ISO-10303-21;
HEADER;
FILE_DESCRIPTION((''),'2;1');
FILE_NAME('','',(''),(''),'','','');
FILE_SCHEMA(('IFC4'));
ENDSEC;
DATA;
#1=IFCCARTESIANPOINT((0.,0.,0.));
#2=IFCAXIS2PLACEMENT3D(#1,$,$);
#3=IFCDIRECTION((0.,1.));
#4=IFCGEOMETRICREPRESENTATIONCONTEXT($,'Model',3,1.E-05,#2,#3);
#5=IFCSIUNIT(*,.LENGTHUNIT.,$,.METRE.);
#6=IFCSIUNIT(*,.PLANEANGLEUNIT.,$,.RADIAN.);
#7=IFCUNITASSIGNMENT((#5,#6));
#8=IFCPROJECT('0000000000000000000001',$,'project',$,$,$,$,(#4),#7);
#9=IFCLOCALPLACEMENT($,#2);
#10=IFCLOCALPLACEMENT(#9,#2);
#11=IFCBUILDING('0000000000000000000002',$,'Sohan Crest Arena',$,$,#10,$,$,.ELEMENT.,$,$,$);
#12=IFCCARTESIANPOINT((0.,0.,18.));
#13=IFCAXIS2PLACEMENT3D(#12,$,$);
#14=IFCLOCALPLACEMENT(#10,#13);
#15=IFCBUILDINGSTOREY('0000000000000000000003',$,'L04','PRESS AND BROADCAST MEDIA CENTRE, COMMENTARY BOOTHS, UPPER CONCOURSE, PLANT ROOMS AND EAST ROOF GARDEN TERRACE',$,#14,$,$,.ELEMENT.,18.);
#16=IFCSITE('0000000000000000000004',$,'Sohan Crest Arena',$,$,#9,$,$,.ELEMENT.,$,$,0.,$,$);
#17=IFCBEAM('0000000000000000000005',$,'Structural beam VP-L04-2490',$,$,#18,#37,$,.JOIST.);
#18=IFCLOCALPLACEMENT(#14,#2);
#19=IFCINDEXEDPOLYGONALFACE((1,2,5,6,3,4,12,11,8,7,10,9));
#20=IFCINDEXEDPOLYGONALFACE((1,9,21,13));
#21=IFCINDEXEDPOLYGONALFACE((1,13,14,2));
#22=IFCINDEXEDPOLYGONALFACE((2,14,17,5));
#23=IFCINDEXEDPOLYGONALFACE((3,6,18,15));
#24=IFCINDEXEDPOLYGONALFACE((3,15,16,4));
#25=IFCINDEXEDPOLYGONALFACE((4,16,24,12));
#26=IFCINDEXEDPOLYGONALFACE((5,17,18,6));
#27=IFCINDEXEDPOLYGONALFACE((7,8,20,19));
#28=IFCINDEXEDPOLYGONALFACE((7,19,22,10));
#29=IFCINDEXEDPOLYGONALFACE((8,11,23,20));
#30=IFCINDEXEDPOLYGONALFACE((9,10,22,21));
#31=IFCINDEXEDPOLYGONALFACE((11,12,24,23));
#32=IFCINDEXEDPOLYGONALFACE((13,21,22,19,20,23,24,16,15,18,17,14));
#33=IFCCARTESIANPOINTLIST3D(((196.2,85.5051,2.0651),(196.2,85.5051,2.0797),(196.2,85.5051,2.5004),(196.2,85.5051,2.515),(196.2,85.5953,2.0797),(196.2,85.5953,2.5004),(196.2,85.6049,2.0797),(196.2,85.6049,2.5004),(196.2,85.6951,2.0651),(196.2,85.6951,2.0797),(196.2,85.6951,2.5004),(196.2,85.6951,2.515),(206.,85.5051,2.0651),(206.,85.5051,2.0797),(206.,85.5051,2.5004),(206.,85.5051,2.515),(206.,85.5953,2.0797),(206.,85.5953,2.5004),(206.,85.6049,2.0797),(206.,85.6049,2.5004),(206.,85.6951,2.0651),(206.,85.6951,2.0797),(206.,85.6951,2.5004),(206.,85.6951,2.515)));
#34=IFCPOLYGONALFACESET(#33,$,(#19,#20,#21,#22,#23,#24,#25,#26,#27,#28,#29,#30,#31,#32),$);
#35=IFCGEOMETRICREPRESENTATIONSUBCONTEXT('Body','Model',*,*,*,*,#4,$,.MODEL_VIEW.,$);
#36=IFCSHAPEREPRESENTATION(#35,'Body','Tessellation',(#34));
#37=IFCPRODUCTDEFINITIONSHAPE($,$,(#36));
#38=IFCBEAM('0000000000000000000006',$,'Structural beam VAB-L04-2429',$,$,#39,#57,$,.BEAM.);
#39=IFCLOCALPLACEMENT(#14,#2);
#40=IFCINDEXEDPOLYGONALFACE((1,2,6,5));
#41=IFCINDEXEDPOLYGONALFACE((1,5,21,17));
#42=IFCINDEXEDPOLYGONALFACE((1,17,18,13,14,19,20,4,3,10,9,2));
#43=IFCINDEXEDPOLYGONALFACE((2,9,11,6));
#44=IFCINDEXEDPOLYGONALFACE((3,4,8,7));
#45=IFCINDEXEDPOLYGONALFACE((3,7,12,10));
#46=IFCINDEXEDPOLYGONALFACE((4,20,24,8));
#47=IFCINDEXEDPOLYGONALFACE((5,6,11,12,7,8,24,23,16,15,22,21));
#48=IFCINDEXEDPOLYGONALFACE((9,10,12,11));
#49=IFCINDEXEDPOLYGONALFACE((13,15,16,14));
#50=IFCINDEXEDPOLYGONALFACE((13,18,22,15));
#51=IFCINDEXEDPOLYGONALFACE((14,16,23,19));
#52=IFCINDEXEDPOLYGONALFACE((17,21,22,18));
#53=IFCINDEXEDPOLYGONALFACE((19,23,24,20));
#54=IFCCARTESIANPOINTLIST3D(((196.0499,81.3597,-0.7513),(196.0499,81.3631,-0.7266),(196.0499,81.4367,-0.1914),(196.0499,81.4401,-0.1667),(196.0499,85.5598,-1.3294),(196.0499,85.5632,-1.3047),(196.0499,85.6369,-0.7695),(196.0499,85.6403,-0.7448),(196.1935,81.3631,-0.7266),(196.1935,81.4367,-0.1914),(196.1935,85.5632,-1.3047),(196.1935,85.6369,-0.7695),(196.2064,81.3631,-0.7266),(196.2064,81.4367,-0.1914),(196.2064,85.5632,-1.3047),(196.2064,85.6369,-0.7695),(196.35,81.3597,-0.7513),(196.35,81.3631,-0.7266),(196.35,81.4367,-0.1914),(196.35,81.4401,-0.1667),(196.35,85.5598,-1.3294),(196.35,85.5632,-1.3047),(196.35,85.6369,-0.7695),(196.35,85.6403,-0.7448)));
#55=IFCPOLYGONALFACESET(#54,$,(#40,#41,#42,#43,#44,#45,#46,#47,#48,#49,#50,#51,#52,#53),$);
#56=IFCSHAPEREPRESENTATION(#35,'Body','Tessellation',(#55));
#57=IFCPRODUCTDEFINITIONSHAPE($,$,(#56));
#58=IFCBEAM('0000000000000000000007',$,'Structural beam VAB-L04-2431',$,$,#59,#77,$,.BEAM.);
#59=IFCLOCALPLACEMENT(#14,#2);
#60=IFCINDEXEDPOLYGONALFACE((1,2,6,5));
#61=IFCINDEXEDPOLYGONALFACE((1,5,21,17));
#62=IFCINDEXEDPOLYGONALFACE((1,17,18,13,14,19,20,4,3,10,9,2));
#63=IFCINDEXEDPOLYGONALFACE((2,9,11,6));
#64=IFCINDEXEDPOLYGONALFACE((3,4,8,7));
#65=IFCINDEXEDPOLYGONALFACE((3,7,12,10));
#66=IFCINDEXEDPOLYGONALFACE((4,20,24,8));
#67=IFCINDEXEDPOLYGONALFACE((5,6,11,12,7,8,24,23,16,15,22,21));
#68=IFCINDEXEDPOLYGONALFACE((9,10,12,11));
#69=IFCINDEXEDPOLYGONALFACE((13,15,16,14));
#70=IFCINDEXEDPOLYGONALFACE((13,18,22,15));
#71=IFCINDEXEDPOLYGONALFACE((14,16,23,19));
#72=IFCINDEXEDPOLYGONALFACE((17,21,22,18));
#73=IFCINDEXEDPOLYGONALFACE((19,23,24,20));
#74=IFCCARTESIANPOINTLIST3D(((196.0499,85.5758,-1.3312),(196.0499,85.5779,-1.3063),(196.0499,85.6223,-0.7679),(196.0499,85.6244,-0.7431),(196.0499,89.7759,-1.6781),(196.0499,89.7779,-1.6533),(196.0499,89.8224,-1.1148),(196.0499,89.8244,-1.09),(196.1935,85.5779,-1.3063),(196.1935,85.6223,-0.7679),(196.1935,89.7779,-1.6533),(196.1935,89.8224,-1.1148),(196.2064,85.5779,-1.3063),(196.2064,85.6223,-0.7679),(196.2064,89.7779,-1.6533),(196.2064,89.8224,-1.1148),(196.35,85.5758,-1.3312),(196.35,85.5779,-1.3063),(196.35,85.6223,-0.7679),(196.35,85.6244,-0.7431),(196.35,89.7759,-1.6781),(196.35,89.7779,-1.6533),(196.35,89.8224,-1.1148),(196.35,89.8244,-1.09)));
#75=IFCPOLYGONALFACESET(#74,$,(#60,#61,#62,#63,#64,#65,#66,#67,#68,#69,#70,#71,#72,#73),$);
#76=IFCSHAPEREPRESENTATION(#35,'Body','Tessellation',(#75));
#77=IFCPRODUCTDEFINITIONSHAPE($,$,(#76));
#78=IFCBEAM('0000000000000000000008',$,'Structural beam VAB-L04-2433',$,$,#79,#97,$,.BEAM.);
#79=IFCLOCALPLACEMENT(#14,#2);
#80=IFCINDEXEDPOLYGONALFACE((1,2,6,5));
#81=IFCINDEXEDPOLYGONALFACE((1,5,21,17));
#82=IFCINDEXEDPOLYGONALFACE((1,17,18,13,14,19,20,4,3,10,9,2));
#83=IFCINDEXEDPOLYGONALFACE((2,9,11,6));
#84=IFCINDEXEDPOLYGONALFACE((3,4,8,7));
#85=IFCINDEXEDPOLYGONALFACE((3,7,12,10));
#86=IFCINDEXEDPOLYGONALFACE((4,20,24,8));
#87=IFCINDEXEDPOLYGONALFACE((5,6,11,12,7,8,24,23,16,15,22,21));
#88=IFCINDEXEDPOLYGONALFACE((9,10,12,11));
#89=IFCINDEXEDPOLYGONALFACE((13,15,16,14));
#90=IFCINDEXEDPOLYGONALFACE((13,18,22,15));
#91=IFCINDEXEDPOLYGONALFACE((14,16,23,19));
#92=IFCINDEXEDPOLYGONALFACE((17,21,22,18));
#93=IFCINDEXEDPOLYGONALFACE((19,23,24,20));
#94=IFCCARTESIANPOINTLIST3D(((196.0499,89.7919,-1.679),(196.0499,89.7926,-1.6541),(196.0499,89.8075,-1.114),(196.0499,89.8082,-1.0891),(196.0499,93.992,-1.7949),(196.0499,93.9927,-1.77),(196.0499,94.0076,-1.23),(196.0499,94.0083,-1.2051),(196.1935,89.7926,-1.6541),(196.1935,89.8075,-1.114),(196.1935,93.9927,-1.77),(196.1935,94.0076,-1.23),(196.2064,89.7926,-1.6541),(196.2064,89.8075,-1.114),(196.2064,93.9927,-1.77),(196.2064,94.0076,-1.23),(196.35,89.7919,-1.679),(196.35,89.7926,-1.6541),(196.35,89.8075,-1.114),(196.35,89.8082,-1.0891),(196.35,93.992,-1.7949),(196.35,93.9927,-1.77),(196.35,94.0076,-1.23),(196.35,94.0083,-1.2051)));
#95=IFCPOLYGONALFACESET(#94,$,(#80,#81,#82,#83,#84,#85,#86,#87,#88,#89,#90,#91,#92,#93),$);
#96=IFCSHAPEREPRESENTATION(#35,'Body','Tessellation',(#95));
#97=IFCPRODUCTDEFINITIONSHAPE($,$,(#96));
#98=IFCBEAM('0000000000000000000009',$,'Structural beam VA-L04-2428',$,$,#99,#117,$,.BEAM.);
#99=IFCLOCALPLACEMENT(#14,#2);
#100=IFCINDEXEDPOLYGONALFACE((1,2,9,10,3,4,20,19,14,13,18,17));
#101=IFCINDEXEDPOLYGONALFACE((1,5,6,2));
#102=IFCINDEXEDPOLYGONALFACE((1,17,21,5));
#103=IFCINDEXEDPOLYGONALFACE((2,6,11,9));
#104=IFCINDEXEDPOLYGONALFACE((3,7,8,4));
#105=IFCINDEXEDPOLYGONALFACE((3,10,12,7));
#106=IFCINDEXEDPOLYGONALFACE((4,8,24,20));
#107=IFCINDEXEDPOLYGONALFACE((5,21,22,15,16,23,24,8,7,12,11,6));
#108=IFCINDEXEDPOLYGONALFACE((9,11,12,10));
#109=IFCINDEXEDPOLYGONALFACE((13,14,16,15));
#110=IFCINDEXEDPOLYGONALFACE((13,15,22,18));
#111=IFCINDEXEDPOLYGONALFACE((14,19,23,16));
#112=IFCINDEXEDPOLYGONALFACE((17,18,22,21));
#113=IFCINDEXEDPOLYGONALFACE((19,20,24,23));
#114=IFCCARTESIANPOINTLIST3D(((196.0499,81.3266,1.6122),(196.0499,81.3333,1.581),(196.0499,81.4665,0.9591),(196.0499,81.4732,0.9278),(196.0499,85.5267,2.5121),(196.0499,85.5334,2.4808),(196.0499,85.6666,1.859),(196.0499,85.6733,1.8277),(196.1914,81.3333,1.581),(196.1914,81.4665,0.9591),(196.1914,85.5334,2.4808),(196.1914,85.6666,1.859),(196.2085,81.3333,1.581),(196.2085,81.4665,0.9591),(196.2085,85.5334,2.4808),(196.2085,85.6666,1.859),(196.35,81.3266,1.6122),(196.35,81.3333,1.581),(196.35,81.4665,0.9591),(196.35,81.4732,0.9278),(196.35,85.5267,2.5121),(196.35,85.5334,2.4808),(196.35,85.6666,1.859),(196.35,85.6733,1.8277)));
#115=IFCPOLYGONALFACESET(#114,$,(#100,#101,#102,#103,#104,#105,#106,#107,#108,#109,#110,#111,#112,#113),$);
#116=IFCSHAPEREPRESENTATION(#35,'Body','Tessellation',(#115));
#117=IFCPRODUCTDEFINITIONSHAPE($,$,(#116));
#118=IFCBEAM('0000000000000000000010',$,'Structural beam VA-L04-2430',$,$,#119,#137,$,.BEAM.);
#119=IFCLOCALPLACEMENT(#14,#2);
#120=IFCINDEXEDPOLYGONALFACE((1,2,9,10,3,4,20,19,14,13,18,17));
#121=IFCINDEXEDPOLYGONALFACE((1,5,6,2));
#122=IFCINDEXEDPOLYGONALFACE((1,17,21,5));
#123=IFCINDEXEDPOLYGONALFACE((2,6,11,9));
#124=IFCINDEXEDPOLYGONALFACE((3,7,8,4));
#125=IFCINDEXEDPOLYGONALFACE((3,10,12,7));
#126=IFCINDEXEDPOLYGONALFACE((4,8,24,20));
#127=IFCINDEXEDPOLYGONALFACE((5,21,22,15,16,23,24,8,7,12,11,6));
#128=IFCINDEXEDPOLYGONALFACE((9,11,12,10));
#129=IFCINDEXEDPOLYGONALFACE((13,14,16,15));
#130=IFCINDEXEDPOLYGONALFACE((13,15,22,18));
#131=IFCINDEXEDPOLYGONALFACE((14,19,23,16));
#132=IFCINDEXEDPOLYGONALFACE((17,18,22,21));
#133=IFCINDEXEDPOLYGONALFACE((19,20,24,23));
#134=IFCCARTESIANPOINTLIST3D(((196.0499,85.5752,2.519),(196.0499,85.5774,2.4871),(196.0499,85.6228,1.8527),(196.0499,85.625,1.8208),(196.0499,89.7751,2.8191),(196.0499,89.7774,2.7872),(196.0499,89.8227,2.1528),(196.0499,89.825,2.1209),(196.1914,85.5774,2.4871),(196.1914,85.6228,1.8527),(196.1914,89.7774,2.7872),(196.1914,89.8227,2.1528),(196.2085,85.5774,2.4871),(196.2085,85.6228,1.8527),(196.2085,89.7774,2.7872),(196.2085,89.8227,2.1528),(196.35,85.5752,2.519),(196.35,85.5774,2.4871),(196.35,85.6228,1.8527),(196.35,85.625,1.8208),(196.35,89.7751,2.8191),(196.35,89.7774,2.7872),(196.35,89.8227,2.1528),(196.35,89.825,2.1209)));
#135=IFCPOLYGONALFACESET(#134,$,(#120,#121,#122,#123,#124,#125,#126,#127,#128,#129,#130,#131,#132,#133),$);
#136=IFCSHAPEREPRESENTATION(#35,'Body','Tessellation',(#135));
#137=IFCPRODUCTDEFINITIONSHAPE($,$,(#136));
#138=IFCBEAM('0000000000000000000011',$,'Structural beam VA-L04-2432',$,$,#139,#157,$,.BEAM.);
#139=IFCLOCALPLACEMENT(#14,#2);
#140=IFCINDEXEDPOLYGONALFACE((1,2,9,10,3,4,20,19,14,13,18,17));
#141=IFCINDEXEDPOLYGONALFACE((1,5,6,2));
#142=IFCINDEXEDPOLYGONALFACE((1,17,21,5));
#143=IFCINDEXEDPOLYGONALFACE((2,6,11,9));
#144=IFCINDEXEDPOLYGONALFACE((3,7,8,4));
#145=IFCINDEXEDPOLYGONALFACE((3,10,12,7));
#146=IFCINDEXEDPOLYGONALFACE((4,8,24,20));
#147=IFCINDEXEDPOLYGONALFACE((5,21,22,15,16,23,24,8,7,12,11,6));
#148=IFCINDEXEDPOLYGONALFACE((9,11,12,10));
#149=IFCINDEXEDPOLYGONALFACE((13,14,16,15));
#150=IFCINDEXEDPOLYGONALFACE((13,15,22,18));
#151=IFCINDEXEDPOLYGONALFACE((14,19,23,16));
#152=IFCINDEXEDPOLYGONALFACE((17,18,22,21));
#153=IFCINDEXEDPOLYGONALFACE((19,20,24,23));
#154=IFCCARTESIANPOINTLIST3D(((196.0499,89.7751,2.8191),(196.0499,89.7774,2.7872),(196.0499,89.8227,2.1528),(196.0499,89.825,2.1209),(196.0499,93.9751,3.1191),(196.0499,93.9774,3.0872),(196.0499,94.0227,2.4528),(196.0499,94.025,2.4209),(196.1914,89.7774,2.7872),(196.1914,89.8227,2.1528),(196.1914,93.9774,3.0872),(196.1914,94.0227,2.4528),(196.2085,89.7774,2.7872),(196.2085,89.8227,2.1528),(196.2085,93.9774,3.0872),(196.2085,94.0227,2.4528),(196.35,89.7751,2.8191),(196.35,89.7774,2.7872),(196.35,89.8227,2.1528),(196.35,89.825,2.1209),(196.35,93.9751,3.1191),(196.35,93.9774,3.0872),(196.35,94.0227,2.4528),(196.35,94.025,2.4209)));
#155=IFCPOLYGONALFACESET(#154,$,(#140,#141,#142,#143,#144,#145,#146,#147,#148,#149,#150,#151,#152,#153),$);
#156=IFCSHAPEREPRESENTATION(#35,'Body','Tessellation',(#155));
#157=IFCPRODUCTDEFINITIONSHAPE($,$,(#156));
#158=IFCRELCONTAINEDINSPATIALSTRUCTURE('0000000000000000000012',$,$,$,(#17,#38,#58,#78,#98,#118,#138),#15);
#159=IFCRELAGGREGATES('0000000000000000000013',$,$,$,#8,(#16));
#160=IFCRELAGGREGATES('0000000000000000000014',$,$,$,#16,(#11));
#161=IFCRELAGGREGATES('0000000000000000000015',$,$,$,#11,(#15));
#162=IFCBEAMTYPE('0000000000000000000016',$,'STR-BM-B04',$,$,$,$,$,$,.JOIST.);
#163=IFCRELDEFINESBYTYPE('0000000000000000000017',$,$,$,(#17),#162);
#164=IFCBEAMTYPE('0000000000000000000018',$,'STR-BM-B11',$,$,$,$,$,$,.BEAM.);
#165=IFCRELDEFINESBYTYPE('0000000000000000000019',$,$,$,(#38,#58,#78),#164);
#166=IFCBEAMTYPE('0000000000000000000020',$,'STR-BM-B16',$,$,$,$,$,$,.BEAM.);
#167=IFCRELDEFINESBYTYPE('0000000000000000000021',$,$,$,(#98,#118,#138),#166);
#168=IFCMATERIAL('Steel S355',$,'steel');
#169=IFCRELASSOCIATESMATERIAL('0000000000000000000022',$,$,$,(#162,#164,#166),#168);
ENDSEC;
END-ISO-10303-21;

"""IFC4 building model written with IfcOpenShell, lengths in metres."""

from ifc_helpers import new_model, si_unit, direction, frame, origin, origin_2d, place, context, subcontext, project, spatial, i_section, extrude, material, material_profile, profile_set, type_object, element, save


model = new_model("IFC4")

# Units and contexts
model_context = context("Model", 3, precision=1e-05, world=origin(), true_north=direction((0.0, 1.0)))
body_context = subcontext(model_context, "Body", "Model", "MODEL_VIEW")
ifc_project = project(units=[si_unit("LENGTHUNIT", "METRE"), si_unit("PLANEANGLEUNIT", "RADIAN")], contexts=[model_context])

# Site, building, storey
site_placement = place(None, origin())
site = spatial("IfcSite", under=ifc_project, at=site_placement, Name="Sohan Crest Arena", CompositionType="ELEMENT", RefElevation=0.0)
building_placement = place(site_placement, origin())
building = spatial("IfcBuilding", under=site, at=building_placement, Name="Sohan Crest Arena", CompositionType="ELEMENT")
storey_placement = place(building_placement, frame((0.0, 0.0, 18.0)))
storey = spatial("IfcBuildingStorey", under=building, at=storey_placement, Name="L04", Description="PRESS AND BROADCAST MEDIA CENTRE, COMMENTARY BOOTHS, UPPER CONCOURSE, PLANT ROOMS AND EAST ROOF GARDEN TERRACE", CompositionType="ELEMENT", Elevation=18.0)

# Beams
ifc_material_1 = material(Name="Steel S355", Category="steel")
ifc_material_profile_1 = material_profile(ifc_material_1, i_section(OverallWidth=0.1899, OverallDepth=0.45, WebThickness=0.0095, FlangeThickness=0.0146, at=origin_2d()), Name="IPE 450")
ifc_profile_set_1 = profile_set([ifc_material_profile_1], Name="Steel S355")
beam_type_1 = type_object("IfcBeamType", Name="STR-BM-B04", PredefinedType="JOIST", material=ifc_profile_set_1)
beam_1_placement = place(storey_placement, frame((196.2, 85.6001, 2.29), z_axis=(1.0, 0.0, 0.0), x_axis=(0.0, 1.0, 0.0)))
element("IfcBeam", 1, at=beam_1_placement, inside=storey, type_object=beam_type_1, Name="Structural beam VP-L04-2490", PredefinedType="JOIST", context=body_context, shape_type="SweptSolid", body=[
    extrude(i_section(OverallWidth=0.1899, OverallDepth=0.45, WebThickness=0.0095, FlangeThickness=0.0146, at=origin_2d()), origin(), (0.0, 0.0, 1.0), 9.8),
])
ifc_material_profile_2 = material_profile(ifc_material_1, i_section(OverallWidth=0.3, OverallDepth=0.5901, WebThickness=0.0129, FlangeThickness=0.0249, at=origin_2d()), Name="HEA 600")
ifc_profile_set_2 = profile_set([ifc_material_profile_2], Name="Steel S355")
beam_type_2 = type_object("IfcBeamType", Name="STR-BM-B11", PredefinedType="BEAM", material=ifc_profile_set_2)
beam_2_placement = place(storey_placement, frame((196.2, 81.3999, -0.459), z_axis=(0.0, 0.99066, -0.136357), x_axis=(-1.0, 0.0, 0.0)))
element("IfcBeam", 2, at=beam_2_placement, inside=storey, type_object=beam_type_2, Name="Structural beam VAB-L04-2429", PredefinedType="BEAM", context=body_context, shape_type="SweptSolid", body=[
    extrude(i_section(OverallWidth=0.3, OverallDepth=0.5901, WebThickness=0.0129, FlangeThickness=0.0249, at=origin_2d()), origin(), (0.0, 0.0, 1.0), 4.2397),
])
beam_3_placement = place(storey_placement, frame((196.2, 85.6001, -1.0371), z_axis=(0.0, 0.996606, -0.082322), x_axis=(-1.0, 0.0, 0.0)))
element("IfcBeam", 3, at=beam_3_placement, inside=storey, type_object=beam_type_2, Name="Structural beam VAB-L04-2431", PredefinedType="BEAM", context=body_context, shape_type="SweptSolid", body=[
    extrude(i_section(OverallWidth=0.3, OverallDepth=0.5901, WebThickness=0.0129, FlangeThickness=0.0249, at=origin_2d()), origin(), (0.0, 0.0, 1.0), 4.2144),
])
beam_4_placement = place(storey_placement, frame((196.2, 89.8, -1.384), z_axis=(0.0, 0.999619, -0.027601), x_axis=(-1.0, 0.0, 0.0)))
element("IfcBeam", 4, at=beam_4_placement, inside=storey, type_object=beam_type_2, Name="Structural beam VAB-L04-2433", PredefinedType="BEAM", context=body_context, shape_type="SweptSolid", body=[
    extrude(i_section(OverallWidth=0.3, OverallDepth=0.5901, WebThickness=0.0129, FlangeThickness=0.0249, at=origin_2d()), origin(), (0.0, 0.0, 1.0), 4.2017),
])
ifc_material_profile_3 = material_profile(ifc_material_1, i_section(OverallWidth=0.3, OverallDepth=0.7, WebThickness=0.0171, FlangeThickness=0.032, at=origin_2d()), Name="HEB 700")
ifc_profile_set_3 = profile_set([ifc_material_profile_3], Name="Steel S355")
beam_type_3 = type_object("IfcBeamType", Name="STR-BM-B16", PredefinedType="BEAM", material=ifc_profile_set_3)
beam_5_placement = place(storey_placement, frame((196.2, 81.3999, 1.27), z_axis=(0.0, 0.977809, 0.209498), x_axis=(-1.0, 0.0, 0.0)))
element("IfcBeam", 5, at=beam_5_placement, inside=storey, type_object=beam_type_3, Name="Structural beam VA-L04-2428", PredefinedType="BEAM", context=body_context, shape_type="SweptSolid", body=[
    extrude(i_section(OverallWidth=0.3, OverallDepth=0.7, WebThickness=0.0171, FlangeThickness=0.032, at=origin_2d()), origin(), (0.0, 0.0, 1.0), 4.2954),
])
for number, where, z_axis, x_axis, name in (
    (6, (196.2, 85.6001, 2.1699), (0.0, 0.997458, 0.071259), (-1.0, 0.0, 0.0), "Structural beam VA-L04-2430"),
    (7, (196.2, 89.8, 2.47), (0.0, 0.997458, 0.071259), (-1.0, 0.0, 0.0), "Structural beam VA-L04-2432"),
):
    element("IfcBeam", number, at=place(storey_placement, frame(where, z_axis=z_axis, x_axis=x_axis)), inside=storey, type_object=beam_type_3, Name=name, PredefinedType="BEAM", context=body_context, shape_type="SweptSolid", body=[
        extrude(i_section(OverallWidth=0.3, OverallDepth=0.7, WebThickness=0.0171, FlangeThickness=0.032, at=origin_2d()), origin(), (0.0, 0.0, 1.0), 4.2107),
    ])

save(model, "model.ifc")
